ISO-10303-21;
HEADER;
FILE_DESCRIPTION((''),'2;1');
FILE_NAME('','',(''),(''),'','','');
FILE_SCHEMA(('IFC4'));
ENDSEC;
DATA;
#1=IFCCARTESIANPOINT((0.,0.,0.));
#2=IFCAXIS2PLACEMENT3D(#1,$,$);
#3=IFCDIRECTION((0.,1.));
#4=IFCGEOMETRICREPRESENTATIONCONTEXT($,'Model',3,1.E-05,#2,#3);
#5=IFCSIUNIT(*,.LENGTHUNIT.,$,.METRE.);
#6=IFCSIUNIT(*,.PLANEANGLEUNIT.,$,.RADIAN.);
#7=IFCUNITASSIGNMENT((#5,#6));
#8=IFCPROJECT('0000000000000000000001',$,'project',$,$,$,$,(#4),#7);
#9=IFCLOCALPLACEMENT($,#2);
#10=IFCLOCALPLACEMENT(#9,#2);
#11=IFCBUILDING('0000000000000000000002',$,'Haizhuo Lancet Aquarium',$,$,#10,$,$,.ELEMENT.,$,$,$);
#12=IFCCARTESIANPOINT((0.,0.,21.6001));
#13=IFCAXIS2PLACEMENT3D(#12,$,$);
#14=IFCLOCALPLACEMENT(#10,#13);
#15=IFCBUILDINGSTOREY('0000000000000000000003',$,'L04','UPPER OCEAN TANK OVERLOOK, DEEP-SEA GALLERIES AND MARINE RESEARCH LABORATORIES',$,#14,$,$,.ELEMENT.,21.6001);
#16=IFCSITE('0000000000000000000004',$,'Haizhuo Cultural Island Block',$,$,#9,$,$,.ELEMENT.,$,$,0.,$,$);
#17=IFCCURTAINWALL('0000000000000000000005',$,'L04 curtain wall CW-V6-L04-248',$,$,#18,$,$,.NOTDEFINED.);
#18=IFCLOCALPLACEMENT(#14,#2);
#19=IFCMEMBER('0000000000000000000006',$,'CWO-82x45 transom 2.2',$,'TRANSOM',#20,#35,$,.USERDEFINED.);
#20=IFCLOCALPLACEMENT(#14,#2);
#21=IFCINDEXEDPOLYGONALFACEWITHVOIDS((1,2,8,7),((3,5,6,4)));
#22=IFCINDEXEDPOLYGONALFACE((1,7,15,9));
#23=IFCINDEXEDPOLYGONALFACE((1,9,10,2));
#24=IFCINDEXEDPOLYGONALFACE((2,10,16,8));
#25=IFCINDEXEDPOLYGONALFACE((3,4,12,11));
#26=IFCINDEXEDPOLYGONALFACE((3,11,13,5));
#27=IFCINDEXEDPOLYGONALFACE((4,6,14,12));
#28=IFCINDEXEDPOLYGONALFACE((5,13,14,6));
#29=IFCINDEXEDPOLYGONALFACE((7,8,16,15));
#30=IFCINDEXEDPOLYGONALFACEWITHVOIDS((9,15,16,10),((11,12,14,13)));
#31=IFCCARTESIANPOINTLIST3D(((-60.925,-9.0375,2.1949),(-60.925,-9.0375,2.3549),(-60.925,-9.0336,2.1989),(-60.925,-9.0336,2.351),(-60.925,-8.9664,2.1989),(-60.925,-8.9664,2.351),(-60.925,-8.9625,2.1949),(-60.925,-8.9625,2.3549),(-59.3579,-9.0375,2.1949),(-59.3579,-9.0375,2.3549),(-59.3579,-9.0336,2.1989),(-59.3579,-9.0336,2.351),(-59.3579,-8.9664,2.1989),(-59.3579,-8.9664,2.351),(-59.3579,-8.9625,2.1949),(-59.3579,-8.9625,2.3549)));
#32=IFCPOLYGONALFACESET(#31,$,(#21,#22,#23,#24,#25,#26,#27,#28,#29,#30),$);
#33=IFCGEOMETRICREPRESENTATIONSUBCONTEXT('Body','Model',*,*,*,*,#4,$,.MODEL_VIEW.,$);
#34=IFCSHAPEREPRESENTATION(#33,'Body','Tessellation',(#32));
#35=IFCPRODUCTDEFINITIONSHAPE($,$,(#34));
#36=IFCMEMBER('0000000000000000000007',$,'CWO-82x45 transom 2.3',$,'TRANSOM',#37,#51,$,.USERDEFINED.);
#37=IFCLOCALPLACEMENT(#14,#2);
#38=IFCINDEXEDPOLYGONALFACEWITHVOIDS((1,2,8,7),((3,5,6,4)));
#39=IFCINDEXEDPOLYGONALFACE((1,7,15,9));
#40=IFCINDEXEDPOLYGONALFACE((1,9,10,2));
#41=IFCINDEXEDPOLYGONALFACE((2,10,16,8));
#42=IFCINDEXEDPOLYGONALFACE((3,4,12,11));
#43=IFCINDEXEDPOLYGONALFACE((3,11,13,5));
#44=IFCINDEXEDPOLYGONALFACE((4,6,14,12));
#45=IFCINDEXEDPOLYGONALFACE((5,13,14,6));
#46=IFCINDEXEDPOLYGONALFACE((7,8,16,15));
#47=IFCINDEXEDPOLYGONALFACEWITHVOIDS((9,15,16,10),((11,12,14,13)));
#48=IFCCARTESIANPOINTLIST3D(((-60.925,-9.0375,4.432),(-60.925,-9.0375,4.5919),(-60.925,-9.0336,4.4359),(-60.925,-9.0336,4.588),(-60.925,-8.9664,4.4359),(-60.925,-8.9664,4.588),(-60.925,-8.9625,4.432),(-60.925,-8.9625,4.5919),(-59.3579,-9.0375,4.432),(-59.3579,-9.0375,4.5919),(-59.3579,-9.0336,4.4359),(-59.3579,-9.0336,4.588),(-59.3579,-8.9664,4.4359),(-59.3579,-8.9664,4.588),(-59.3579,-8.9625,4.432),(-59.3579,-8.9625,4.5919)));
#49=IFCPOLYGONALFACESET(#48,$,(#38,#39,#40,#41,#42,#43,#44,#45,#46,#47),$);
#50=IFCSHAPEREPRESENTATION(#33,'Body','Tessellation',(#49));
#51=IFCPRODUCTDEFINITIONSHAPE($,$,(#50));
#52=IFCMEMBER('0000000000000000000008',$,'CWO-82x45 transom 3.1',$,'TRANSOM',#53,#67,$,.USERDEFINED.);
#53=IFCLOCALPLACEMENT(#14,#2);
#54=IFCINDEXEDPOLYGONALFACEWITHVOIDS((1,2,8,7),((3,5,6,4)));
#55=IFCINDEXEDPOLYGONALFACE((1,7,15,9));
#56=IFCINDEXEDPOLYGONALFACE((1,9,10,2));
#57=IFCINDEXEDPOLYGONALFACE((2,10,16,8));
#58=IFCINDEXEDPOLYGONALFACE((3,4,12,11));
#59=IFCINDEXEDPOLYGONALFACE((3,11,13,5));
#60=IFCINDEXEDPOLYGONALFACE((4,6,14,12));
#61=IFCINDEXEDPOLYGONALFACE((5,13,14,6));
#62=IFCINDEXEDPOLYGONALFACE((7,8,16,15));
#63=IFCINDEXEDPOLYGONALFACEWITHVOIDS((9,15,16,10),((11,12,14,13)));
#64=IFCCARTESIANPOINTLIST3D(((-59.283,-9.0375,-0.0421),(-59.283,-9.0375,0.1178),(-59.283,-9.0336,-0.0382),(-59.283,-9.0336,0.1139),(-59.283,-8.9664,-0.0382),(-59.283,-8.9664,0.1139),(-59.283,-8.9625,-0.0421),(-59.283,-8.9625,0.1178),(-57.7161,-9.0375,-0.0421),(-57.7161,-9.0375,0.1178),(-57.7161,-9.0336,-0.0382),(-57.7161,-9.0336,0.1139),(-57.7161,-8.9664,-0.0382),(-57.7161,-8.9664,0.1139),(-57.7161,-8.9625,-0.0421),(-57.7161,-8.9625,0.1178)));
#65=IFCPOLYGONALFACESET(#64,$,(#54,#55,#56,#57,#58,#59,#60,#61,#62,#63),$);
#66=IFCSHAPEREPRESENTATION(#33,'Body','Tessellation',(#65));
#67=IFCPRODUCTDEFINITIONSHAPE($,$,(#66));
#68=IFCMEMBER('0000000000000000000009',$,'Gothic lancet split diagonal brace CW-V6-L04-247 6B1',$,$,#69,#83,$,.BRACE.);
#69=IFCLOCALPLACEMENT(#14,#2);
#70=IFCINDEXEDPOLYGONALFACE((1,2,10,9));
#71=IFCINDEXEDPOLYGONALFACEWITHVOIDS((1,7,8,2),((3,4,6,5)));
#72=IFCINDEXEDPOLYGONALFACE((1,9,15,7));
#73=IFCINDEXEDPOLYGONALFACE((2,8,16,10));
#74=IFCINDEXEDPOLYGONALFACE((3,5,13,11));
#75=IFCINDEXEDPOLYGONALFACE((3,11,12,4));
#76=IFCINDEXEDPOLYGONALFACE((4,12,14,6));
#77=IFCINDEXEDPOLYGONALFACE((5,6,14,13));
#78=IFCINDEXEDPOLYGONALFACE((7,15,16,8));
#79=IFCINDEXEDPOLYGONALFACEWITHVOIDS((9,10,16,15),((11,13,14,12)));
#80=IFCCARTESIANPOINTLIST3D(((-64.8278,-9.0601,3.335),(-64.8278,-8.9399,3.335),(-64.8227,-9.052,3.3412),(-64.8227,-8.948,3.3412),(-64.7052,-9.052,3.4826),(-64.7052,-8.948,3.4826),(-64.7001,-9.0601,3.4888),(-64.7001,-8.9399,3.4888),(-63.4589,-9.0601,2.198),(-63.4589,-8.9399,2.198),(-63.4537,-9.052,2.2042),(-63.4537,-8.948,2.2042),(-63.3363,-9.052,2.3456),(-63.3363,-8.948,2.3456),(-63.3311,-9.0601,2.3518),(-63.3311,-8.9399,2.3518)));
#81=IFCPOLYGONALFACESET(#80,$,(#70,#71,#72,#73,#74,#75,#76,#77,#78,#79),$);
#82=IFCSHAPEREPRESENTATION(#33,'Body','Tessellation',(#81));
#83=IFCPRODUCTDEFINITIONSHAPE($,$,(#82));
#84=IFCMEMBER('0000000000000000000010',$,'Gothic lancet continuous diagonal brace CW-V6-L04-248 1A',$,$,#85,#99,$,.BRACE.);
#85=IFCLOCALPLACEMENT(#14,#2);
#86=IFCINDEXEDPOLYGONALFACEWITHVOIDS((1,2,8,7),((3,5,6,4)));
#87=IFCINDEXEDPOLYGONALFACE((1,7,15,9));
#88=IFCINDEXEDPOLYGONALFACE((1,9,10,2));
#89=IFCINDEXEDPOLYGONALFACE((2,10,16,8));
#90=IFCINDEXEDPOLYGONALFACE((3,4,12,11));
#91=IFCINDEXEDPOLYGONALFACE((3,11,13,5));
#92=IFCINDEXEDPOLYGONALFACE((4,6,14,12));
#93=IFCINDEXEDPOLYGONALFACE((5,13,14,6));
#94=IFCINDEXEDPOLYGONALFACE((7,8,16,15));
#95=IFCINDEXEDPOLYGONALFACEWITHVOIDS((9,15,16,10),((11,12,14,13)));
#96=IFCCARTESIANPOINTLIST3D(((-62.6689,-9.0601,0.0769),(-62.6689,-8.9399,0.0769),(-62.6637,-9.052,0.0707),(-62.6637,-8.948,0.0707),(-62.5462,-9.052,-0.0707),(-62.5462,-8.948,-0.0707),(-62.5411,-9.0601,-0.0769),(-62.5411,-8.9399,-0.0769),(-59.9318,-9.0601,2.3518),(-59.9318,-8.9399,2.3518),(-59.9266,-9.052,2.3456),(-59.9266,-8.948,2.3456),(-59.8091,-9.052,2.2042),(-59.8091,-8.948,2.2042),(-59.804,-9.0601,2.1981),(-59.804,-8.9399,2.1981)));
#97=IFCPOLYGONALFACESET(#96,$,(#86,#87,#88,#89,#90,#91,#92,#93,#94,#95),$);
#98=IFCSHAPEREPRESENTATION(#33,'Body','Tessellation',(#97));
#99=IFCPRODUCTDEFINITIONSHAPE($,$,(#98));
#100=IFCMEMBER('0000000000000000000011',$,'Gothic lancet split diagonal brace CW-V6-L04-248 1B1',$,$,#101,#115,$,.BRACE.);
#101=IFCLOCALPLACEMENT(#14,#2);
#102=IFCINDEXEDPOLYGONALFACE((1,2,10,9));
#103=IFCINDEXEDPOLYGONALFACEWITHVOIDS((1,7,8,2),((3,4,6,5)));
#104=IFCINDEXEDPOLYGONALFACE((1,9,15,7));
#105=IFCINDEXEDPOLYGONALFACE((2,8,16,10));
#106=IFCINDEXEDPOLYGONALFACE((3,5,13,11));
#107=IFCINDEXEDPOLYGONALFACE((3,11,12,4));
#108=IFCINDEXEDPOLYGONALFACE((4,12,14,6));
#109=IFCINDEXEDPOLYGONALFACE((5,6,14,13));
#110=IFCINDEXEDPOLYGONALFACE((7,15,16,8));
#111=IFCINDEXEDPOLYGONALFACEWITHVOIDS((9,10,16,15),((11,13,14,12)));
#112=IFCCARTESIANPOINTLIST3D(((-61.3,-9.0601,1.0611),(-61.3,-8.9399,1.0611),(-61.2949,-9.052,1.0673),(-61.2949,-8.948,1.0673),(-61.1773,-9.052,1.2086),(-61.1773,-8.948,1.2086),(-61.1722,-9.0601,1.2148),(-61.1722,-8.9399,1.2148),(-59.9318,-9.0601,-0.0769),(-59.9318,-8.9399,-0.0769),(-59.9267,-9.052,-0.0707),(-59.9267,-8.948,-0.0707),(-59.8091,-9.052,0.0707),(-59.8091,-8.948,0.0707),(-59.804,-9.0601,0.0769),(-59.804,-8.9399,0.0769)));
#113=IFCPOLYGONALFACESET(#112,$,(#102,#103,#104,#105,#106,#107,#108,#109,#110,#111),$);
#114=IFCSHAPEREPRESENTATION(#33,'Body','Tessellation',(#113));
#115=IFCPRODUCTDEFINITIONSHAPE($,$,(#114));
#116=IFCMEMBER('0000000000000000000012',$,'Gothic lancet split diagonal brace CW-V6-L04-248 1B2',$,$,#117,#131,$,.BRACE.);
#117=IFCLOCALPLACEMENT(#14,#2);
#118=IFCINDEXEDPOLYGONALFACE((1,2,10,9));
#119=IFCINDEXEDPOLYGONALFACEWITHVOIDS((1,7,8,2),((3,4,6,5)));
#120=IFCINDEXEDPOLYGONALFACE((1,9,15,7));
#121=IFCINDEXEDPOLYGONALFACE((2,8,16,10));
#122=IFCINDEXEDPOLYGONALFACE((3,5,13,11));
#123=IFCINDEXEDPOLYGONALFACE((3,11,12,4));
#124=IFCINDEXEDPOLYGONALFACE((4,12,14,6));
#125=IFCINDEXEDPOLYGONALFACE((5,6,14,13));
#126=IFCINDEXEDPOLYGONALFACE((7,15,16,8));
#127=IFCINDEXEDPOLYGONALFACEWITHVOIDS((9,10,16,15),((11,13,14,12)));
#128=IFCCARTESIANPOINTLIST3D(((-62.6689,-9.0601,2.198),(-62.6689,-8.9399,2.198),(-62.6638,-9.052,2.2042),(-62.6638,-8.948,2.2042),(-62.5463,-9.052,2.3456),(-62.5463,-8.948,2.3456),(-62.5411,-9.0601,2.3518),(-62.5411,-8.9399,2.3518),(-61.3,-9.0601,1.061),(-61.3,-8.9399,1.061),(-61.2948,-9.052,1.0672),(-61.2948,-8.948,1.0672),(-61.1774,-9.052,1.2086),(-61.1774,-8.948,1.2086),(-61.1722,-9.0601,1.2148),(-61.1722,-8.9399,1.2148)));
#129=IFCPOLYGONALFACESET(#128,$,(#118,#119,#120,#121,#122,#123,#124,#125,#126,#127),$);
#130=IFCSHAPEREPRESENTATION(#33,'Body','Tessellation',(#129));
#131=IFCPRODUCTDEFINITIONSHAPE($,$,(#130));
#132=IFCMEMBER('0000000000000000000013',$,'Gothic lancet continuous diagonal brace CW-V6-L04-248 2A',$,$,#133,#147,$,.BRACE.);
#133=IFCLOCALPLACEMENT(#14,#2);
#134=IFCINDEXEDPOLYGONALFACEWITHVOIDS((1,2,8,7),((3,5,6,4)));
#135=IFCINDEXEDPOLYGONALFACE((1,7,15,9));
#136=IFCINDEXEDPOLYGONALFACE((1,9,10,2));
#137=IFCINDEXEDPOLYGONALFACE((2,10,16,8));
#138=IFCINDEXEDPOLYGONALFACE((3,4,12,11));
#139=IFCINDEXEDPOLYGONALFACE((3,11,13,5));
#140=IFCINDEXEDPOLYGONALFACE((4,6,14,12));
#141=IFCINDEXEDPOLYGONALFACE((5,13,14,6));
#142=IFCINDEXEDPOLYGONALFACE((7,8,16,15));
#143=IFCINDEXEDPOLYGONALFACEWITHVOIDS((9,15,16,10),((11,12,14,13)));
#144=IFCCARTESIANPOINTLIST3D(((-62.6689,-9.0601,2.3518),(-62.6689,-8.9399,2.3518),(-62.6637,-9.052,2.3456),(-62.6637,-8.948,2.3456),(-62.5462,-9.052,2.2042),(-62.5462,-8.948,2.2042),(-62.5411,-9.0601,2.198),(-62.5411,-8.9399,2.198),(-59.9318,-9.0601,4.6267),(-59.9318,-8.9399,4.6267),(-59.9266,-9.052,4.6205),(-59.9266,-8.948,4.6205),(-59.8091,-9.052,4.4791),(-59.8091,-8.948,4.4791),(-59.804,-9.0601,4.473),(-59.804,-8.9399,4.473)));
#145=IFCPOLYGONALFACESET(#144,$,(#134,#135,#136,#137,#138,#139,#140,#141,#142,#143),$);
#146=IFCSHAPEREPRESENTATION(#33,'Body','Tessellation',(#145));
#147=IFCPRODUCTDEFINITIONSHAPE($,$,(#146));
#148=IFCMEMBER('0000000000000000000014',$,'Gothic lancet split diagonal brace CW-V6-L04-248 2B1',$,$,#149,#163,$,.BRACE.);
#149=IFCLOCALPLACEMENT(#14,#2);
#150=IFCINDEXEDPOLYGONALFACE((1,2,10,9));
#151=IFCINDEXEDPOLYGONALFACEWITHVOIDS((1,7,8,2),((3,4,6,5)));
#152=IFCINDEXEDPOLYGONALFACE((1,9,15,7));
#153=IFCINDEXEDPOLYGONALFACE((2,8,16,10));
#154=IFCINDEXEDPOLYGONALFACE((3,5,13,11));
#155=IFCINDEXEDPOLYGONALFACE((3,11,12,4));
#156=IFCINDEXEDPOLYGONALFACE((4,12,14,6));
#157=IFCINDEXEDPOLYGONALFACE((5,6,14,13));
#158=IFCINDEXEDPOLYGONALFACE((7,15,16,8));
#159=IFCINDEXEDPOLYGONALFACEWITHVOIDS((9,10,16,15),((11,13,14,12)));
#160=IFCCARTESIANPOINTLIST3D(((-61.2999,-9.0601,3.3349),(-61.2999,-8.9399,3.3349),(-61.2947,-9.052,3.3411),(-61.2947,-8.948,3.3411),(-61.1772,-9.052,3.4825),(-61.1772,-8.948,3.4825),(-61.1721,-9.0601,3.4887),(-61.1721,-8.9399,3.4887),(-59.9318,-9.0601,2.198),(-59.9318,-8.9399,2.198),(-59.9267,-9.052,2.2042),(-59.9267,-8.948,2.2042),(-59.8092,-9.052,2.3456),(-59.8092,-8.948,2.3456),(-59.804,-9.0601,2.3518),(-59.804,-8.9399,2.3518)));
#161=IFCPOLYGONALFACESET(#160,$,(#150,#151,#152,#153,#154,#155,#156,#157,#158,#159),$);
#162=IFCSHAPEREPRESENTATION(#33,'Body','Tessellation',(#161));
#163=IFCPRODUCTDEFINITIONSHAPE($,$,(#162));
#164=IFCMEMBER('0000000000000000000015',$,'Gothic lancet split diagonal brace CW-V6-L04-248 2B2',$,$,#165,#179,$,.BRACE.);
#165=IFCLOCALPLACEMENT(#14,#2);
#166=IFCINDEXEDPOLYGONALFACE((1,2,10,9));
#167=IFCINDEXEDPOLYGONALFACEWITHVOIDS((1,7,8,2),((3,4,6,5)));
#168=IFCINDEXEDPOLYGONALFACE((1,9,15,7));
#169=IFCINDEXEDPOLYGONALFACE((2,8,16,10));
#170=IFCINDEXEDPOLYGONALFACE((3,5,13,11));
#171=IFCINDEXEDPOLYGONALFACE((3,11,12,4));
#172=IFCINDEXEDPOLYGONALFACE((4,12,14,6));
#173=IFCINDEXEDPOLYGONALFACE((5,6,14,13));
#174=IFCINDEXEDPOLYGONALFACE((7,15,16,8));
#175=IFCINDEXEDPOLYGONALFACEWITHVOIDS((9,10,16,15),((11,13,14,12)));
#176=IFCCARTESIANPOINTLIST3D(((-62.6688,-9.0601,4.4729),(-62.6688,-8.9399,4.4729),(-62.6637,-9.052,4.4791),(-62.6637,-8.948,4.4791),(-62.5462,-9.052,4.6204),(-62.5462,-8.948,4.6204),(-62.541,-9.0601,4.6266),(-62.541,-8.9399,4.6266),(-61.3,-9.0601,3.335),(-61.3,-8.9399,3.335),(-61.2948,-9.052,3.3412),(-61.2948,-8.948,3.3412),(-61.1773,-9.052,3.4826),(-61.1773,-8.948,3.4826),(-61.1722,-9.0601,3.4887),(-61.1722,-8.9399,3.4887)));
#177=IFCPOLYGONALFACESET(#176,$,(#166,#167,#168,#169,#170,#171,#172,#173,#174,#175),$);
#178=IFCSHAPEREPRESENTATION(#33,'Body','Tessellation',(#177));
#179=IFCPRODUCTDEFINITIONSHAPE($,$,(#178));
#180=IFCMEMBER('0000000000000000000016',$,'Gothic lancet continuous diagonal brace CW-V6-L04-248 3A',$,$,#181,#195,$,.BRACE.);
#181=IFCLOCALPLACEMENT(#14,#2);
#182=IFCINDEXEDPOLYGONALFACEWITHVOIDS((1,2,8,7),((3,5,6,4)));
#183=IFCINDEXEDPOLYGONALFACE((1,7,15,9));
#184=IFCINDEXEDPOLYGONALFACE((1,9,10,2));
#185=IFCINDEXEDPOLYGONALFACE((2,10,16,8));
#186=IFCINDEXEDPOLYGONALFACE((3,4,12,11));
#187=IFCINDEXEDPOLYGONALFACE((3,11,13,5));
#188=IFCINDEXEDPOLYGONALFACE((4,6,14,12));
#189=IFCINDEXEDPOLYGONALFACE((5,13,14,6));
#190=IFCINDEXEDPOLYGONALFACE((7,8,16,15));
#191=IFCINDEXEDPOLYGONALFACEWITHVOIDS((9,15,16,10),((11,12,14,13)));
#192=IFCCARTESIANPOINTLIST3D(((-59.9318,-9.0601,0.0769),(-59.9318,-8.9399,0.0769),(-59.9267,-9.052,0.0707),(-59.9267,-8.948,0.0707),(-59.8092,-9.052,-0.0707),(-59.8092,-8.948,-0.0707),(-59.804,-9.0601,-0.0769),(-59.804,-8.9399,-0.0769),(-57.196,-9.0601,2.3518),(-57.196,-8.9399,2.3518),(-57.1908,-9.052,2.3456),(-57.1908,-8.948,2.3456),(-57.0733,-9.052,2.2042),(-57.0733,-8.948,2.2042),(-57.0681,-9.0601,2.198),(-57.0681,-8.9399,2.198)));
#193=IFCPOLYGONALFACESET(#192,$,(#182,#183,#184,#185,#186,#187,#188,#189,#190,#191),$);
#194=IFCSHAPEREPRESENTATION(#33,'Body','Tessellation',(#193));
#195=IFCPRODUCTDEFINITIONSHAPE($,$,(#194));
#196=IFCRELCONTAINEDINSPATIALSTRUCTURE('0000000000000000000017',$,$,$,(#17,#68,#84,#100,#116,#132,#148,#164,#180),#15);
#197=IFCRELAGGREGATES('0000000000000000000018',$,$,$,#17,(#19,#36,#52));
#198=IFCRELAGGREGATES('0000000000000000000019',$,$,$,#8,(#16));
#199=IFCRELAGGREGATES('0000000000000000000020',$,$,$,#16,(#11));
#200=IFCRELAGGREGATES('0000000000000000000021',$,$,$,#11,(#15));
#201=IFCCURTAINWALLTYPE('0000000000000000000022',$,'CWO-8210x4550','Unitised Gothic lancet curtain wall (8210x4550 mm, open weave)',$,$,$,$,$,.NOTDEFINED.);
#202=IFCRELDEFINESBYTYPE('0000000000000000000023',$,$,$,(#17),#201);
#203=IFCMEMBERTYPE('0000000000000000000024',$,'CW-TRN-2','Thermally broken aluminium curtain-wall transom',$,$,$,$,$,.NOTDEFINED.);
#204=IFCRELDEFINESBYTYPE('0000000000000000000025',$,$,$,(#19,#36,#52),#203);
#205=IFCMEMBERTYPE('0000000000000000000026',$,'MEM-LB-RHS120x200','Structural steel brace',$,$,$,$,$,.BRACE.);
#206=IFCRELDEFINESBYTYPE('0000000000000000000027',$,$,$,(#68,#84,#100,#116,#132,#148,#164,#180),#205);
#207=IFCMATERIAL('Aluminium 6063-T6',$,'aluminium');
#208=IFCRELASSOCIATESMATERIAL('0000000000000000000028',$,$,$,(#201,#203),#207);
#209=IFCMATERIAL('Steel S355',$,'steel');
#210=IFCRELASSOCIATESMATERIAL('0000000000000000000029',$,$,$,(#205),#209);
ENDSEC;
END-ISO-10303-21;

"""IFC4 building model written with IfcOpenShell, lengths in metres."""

from ifc_helpers import new_model, si_unit, direction, frame, origin, origin_2d, place, context, subcontext, project, spatial, hollow_rectangle, extrude, material, material_profile, profile_set, type_object, element, aggregate, save


model = new_model("IFC4")

# Units and contexts
model_context = context("Model", 3, precision=1e-05, world=origin(), true_north=direction((0.0, 1.0)))
body_context = subcontext(model_context, "Body", "Model", "MODEL_VIEW")
ifc_project = project(units=[si_unit("LENGTHUNIT", "METRE"), si_unit("PLANEANGLEUNIT", "RADIAN")], contexts=[model_context])

# Site, building, storey
site_placement = place(None, origin())
site = spatial("IfcSite", under=ifc_project, at=site_placement, Name="Haizhuo Cultural Island Block", CompositionType="ELEMENT", RefElevation=0.0)
building_placement = place(site_placement, origin())
building = spatial("IfcBuilding", under=site, at=building_placement, Name="Haizhuo Lancet Aquarium", CompositionType="ELEMENT")
storey_placement = place(building_placement, frame((0.0, 0.0, 21.6001)))
storey = spatial("IfcBuildingStorey", under=building, at=storey_placement, Name="L04", Description="UPPER OCEAN TANK OVERLOOK, DEEP-SEA GALLERIES AND MARINE RESEARCH LABORATORIES", CompositionType="ELEMENT", Elevation=21.6001)

# Shared definitions
ifc_material_1 = material(Name="Steel S355", Category="steel")

# Curtain wall, members
ifc_material_2 = material(Name="Aluminium 6063-T6", Category="aluminium")
curtain_wall_type = type_object("IfcCurtainWallType", Name="CWO-8210x4550", Description="Unitised Gothic lancet curtain wall (8210x4550 mm, open weave)", PredefinedType="NOTDEFINED", material=ifc_material_2)
curtain_wall_placement = place(storey_placement, origin())
curtain_wall = element("IfcCurtainWall", 1, at=curtain_wall_placement, inside=storey, type_object=curtain_wall_type, Name="L04 curtain wall CW-V6-L04-248", PredefinedType="NOTDEFINED")
ifc_material_profile_1 = material_profile(ifc_material_2, hollow_rectangle(XDim=0.075, YDim=0.1599, WallThickness=0.0039, at=origin_2d()), Name="ALU-T 75x160x4")
ifc_profile_set_1 = profile_set([ifc_material_profile_1], Name="Aluminium 6063-T6")
member_type_1 = type_object("IfcMemberType", Name="CW-TRN-2", Description="Thermally broken aluminium curtain-wall transom", PredefinedType="NOTDEFINED", material=ifc_profile_set_1)
member_1_placement = place(storey_placement, frame((-60.925, -9.0, 2.2749), z_axis=(1.0, 0.0, 0.0), x_axis=(0.0, 1.0, 0.0)))
member_1 = element("IfcMember", 2, at=member_1_placement, type_object=member_type_1, Name="CWO-82x45 transom 2.2", ObjectType="TRANSOM", PredefinedType="USERDEFINED", context=body_context, shape_type="SweptSolid", body=[
    extrude(hollow_rectangle(XDim=0.075, YDim=0.1599, WallThickness=0.0039, at=origin_2d()), origin(), (0.0, 0.0, 1.0), 1.5671),
])
member_2_placement = place(storey_placement, frame((-60.925, -9.0, 4.512), z_axis=(1.0, 0.0, 0.0), x_axis=(0.0, 1.0, 0.0)))
member_2 = element("IfcMember", 3, at=member_2_placement, type_object=member_type_1, Name="CWO-82x45 transom 2.3", ObjectType="TRANSOM", PredefinedType="USERDEFINED", context=body_context, shape_type="SweptSolid", body=[
    extrude(hollow_rectangle(XDim=0.075, YDim=0.1599, WallThickness=0.0039, at=origin_2d()), origin(), (0.0, 0.0, 1.0), 1.5671),
])
member_3_placement = place(storey_placement, frame((-59.283, -9.0, 0.0378), z_axis=(1.0, 0.0, 0.0), x_axis=(0.0, 1.0, 0.0)))
member_3 = element("IfcMember", 4, at=member_3_placement, type_object=member_type_1, Name="CWO-82x45 transom 3.1", ObjectType="TRANSOM", PredefinedType="USERDEFINED", context=body_context, shape_type="SweptSolid", body=[
    extrude(hollow_rectangle(XDim=0.075, YDim=0.1599, WallThickness=0.0039, at=origin_2d()), origin(), (0.0, 0.0, 1.0), 1.5669),
])

# Members
ifc_material_profile_2 = material_profile(ifc_material_1, hollow_rectangle(XDim=0.1201, YDim=0.2, WallThickness=0.0081, at=origin_2d()), Name="RHS 120x200x8")
ifc_profile_set_2 = profile_set([ifc_material_profile_2], Name="Steel S355")
member_type_2 = type_object("IfcMemberType", Name="MEM-LB-RHS120x200", Description="Structural steel brace", PredefinedType="BRACE", material=ifc_profile_set_2)
member_4_placement = place(storey_placement, frame((-63.395, -9.0, 2.2749), z_axis=(-0.769266, 0.0, 0.638929), x_axis=(0.0, -1.0, 0.0)))
element("IfcMember", 5, at=member_4_placement, inside=storey, type_object=member_type_2, Name="Gothic lancet split diagonal brace CW-V6-L04-247 6B1", PredefinedType="BRACE", context=body_context, shape_type="SweptSolid", body=[
    extrude(hollow_rectangle(XDim=0.1201, YDim=0.2, WallThickness=0.0081, at=origin_2d()), origin(), (0.0, 0.0, 1.0), 1.7795),
])
member_5_placement = place(storey_placement, frame((-62.605, -9.0, 0.0), z_axis=(0.769047, 0.0, 0.639192), x_axis=(0.0, 1.0, 0.0)))
element("IfcMember", 6, at=member_5_placement, inside=storey, type_object=member_type_2, Name="Gothic lancet continuous diagonal brace CW-V6-L04-248 1A", PredefinedType="BRACE", context=body_context, shape_type="SweptSolid", body=[
    extrude(hollow_rectangle(XDim=0.1201, YDim=0.2, WallThickness=0.0081, at=origin_2d()), origin(), (0.0, 0.0, 1.0), 3.5591),
])
for number, where, z_axis, x_axis, name in (
    (7, (-59.8679, -9.0, 0.0), (-0.768828, 0.0, 0.639455), (0.0, -1.0, 0.0), "Gothic lancet split diagonal brace CW-V6-L04-248 1B1"),
    (8, (-61.2361, -9.0, 1.1379), (-0.769266, 0.0, 0.638929), (0.0, -1.0, 0.0), "Gothic lancet split diagonal brace CW-V6-L04-248 1B2"),
):
    element("IfcMember", number, at=place(storey_placement, frame(where, z_axis=z_axis, x_axis=x_axis)), inside=storey, type_object=member_type_2, Name=name, PredefinedType="BRACE", context=body_context, shape_type="SweptSolid", body=[
        extrude(hollow_rectangle(XDim=0.1201, YDim=0.2, WallThickness=0.0081, at=origin_2d()), origin(), (0.0, 0.0, 1.0), 1.7795),
    ])
member_6_placement = place(storey_placement, frame((-62.605, -9.0, 2.2749), z_axis=(0.769047, 0.0, 0.639192), x_axis=(0.0, 1.0, 0.0)))
element("IfcMember", 9, at=member_6_placement, inside=storey, type_object=member_type_2, Name="Gothic lancet continuous diagonal brace CW-V6-L04-248 2A", PredefinedType="BRACE", context=body_context, shape_type="SweptSolid", body=[
    extrude(hollow_rectangle(XDim=0.1201, YDim=0.2, WallThickness=0.0081, at=origin_2d()), origin(), (0.0, 0.0, 1.0), 3.5591),
])
member_7_placement = place(storey_placement, frame((-59.8679, -9.0, 2.2749), z_axis=(-0.769098, 0.0, 0.639131), x_axis=(0.0, -1.0, 0.0)))
element("IfcMember", 10, at=member_7_placement, inside=storey, type_object=member_type_2, Name="Gothic lancet split diagonal brace CW-V6-L04-248 2B1", PredefinedType="BRACE", context=body_context, shape_type="SweptSolid", body=[
    extrude(hollow_rectangle(XDim=0.1201, YDim=0.2, WallThickness=0.0081, at=origin_2d()), origin(), (0.0, 0.0, 1.0), 1.7788),
])
member_8_placement = place(storey_placement, frame((-61.2361, -9.0, 3.4119), z_axis=(-0.768996, 0.0, 0.639253), x_axis=(0.0, -1.0, 0.0)))
element("IfcMember", 11, at=member_8_placement, inside=storey, type_object=member_type_2, Name="Gothic lancet split diagonal brace CW-V6-L04-248 2B2", PredefinedType="BRACE", context=body_context, shape_type="SweptSolid", body=[
    extrude(hollow_rectangle(XDim=0.1201, YDim=0.2, WallThickness=0.0081, at=origin_2d()), origin(), (0.0, 0.0, 1.0), 1.78),
])
for number, where, z_axis, x_axis, name in (
    (12, (-59.8679, -9.0, 0.0), (0.768907, 0.0, 0.639361), (0.0, 1.0, 0.0), "Gothic lancet continuous diagonal brace CW-V6-L04-248 3A"),
):
    element("IfcMember", number, at=place(storey_placement, frame(where, z_axis=z_axis, x_axis=x_axis)), inside=storey, type_object=member_type_2, Name=name, PredefinedType="BRACE", context=body_context, shape_type="SweptSolid", body=[
        extrude(hollow_rectangle(XDim=0.1201, YDim=0.2, WallThickness=0.0081, at=origin_2d()), origin(), (0.0, 0.0, 1.0), 3.5581),
    ])

aggregate(curtain_wall, [member_1, member_2, member_3])

save(model, "model.ifc")
